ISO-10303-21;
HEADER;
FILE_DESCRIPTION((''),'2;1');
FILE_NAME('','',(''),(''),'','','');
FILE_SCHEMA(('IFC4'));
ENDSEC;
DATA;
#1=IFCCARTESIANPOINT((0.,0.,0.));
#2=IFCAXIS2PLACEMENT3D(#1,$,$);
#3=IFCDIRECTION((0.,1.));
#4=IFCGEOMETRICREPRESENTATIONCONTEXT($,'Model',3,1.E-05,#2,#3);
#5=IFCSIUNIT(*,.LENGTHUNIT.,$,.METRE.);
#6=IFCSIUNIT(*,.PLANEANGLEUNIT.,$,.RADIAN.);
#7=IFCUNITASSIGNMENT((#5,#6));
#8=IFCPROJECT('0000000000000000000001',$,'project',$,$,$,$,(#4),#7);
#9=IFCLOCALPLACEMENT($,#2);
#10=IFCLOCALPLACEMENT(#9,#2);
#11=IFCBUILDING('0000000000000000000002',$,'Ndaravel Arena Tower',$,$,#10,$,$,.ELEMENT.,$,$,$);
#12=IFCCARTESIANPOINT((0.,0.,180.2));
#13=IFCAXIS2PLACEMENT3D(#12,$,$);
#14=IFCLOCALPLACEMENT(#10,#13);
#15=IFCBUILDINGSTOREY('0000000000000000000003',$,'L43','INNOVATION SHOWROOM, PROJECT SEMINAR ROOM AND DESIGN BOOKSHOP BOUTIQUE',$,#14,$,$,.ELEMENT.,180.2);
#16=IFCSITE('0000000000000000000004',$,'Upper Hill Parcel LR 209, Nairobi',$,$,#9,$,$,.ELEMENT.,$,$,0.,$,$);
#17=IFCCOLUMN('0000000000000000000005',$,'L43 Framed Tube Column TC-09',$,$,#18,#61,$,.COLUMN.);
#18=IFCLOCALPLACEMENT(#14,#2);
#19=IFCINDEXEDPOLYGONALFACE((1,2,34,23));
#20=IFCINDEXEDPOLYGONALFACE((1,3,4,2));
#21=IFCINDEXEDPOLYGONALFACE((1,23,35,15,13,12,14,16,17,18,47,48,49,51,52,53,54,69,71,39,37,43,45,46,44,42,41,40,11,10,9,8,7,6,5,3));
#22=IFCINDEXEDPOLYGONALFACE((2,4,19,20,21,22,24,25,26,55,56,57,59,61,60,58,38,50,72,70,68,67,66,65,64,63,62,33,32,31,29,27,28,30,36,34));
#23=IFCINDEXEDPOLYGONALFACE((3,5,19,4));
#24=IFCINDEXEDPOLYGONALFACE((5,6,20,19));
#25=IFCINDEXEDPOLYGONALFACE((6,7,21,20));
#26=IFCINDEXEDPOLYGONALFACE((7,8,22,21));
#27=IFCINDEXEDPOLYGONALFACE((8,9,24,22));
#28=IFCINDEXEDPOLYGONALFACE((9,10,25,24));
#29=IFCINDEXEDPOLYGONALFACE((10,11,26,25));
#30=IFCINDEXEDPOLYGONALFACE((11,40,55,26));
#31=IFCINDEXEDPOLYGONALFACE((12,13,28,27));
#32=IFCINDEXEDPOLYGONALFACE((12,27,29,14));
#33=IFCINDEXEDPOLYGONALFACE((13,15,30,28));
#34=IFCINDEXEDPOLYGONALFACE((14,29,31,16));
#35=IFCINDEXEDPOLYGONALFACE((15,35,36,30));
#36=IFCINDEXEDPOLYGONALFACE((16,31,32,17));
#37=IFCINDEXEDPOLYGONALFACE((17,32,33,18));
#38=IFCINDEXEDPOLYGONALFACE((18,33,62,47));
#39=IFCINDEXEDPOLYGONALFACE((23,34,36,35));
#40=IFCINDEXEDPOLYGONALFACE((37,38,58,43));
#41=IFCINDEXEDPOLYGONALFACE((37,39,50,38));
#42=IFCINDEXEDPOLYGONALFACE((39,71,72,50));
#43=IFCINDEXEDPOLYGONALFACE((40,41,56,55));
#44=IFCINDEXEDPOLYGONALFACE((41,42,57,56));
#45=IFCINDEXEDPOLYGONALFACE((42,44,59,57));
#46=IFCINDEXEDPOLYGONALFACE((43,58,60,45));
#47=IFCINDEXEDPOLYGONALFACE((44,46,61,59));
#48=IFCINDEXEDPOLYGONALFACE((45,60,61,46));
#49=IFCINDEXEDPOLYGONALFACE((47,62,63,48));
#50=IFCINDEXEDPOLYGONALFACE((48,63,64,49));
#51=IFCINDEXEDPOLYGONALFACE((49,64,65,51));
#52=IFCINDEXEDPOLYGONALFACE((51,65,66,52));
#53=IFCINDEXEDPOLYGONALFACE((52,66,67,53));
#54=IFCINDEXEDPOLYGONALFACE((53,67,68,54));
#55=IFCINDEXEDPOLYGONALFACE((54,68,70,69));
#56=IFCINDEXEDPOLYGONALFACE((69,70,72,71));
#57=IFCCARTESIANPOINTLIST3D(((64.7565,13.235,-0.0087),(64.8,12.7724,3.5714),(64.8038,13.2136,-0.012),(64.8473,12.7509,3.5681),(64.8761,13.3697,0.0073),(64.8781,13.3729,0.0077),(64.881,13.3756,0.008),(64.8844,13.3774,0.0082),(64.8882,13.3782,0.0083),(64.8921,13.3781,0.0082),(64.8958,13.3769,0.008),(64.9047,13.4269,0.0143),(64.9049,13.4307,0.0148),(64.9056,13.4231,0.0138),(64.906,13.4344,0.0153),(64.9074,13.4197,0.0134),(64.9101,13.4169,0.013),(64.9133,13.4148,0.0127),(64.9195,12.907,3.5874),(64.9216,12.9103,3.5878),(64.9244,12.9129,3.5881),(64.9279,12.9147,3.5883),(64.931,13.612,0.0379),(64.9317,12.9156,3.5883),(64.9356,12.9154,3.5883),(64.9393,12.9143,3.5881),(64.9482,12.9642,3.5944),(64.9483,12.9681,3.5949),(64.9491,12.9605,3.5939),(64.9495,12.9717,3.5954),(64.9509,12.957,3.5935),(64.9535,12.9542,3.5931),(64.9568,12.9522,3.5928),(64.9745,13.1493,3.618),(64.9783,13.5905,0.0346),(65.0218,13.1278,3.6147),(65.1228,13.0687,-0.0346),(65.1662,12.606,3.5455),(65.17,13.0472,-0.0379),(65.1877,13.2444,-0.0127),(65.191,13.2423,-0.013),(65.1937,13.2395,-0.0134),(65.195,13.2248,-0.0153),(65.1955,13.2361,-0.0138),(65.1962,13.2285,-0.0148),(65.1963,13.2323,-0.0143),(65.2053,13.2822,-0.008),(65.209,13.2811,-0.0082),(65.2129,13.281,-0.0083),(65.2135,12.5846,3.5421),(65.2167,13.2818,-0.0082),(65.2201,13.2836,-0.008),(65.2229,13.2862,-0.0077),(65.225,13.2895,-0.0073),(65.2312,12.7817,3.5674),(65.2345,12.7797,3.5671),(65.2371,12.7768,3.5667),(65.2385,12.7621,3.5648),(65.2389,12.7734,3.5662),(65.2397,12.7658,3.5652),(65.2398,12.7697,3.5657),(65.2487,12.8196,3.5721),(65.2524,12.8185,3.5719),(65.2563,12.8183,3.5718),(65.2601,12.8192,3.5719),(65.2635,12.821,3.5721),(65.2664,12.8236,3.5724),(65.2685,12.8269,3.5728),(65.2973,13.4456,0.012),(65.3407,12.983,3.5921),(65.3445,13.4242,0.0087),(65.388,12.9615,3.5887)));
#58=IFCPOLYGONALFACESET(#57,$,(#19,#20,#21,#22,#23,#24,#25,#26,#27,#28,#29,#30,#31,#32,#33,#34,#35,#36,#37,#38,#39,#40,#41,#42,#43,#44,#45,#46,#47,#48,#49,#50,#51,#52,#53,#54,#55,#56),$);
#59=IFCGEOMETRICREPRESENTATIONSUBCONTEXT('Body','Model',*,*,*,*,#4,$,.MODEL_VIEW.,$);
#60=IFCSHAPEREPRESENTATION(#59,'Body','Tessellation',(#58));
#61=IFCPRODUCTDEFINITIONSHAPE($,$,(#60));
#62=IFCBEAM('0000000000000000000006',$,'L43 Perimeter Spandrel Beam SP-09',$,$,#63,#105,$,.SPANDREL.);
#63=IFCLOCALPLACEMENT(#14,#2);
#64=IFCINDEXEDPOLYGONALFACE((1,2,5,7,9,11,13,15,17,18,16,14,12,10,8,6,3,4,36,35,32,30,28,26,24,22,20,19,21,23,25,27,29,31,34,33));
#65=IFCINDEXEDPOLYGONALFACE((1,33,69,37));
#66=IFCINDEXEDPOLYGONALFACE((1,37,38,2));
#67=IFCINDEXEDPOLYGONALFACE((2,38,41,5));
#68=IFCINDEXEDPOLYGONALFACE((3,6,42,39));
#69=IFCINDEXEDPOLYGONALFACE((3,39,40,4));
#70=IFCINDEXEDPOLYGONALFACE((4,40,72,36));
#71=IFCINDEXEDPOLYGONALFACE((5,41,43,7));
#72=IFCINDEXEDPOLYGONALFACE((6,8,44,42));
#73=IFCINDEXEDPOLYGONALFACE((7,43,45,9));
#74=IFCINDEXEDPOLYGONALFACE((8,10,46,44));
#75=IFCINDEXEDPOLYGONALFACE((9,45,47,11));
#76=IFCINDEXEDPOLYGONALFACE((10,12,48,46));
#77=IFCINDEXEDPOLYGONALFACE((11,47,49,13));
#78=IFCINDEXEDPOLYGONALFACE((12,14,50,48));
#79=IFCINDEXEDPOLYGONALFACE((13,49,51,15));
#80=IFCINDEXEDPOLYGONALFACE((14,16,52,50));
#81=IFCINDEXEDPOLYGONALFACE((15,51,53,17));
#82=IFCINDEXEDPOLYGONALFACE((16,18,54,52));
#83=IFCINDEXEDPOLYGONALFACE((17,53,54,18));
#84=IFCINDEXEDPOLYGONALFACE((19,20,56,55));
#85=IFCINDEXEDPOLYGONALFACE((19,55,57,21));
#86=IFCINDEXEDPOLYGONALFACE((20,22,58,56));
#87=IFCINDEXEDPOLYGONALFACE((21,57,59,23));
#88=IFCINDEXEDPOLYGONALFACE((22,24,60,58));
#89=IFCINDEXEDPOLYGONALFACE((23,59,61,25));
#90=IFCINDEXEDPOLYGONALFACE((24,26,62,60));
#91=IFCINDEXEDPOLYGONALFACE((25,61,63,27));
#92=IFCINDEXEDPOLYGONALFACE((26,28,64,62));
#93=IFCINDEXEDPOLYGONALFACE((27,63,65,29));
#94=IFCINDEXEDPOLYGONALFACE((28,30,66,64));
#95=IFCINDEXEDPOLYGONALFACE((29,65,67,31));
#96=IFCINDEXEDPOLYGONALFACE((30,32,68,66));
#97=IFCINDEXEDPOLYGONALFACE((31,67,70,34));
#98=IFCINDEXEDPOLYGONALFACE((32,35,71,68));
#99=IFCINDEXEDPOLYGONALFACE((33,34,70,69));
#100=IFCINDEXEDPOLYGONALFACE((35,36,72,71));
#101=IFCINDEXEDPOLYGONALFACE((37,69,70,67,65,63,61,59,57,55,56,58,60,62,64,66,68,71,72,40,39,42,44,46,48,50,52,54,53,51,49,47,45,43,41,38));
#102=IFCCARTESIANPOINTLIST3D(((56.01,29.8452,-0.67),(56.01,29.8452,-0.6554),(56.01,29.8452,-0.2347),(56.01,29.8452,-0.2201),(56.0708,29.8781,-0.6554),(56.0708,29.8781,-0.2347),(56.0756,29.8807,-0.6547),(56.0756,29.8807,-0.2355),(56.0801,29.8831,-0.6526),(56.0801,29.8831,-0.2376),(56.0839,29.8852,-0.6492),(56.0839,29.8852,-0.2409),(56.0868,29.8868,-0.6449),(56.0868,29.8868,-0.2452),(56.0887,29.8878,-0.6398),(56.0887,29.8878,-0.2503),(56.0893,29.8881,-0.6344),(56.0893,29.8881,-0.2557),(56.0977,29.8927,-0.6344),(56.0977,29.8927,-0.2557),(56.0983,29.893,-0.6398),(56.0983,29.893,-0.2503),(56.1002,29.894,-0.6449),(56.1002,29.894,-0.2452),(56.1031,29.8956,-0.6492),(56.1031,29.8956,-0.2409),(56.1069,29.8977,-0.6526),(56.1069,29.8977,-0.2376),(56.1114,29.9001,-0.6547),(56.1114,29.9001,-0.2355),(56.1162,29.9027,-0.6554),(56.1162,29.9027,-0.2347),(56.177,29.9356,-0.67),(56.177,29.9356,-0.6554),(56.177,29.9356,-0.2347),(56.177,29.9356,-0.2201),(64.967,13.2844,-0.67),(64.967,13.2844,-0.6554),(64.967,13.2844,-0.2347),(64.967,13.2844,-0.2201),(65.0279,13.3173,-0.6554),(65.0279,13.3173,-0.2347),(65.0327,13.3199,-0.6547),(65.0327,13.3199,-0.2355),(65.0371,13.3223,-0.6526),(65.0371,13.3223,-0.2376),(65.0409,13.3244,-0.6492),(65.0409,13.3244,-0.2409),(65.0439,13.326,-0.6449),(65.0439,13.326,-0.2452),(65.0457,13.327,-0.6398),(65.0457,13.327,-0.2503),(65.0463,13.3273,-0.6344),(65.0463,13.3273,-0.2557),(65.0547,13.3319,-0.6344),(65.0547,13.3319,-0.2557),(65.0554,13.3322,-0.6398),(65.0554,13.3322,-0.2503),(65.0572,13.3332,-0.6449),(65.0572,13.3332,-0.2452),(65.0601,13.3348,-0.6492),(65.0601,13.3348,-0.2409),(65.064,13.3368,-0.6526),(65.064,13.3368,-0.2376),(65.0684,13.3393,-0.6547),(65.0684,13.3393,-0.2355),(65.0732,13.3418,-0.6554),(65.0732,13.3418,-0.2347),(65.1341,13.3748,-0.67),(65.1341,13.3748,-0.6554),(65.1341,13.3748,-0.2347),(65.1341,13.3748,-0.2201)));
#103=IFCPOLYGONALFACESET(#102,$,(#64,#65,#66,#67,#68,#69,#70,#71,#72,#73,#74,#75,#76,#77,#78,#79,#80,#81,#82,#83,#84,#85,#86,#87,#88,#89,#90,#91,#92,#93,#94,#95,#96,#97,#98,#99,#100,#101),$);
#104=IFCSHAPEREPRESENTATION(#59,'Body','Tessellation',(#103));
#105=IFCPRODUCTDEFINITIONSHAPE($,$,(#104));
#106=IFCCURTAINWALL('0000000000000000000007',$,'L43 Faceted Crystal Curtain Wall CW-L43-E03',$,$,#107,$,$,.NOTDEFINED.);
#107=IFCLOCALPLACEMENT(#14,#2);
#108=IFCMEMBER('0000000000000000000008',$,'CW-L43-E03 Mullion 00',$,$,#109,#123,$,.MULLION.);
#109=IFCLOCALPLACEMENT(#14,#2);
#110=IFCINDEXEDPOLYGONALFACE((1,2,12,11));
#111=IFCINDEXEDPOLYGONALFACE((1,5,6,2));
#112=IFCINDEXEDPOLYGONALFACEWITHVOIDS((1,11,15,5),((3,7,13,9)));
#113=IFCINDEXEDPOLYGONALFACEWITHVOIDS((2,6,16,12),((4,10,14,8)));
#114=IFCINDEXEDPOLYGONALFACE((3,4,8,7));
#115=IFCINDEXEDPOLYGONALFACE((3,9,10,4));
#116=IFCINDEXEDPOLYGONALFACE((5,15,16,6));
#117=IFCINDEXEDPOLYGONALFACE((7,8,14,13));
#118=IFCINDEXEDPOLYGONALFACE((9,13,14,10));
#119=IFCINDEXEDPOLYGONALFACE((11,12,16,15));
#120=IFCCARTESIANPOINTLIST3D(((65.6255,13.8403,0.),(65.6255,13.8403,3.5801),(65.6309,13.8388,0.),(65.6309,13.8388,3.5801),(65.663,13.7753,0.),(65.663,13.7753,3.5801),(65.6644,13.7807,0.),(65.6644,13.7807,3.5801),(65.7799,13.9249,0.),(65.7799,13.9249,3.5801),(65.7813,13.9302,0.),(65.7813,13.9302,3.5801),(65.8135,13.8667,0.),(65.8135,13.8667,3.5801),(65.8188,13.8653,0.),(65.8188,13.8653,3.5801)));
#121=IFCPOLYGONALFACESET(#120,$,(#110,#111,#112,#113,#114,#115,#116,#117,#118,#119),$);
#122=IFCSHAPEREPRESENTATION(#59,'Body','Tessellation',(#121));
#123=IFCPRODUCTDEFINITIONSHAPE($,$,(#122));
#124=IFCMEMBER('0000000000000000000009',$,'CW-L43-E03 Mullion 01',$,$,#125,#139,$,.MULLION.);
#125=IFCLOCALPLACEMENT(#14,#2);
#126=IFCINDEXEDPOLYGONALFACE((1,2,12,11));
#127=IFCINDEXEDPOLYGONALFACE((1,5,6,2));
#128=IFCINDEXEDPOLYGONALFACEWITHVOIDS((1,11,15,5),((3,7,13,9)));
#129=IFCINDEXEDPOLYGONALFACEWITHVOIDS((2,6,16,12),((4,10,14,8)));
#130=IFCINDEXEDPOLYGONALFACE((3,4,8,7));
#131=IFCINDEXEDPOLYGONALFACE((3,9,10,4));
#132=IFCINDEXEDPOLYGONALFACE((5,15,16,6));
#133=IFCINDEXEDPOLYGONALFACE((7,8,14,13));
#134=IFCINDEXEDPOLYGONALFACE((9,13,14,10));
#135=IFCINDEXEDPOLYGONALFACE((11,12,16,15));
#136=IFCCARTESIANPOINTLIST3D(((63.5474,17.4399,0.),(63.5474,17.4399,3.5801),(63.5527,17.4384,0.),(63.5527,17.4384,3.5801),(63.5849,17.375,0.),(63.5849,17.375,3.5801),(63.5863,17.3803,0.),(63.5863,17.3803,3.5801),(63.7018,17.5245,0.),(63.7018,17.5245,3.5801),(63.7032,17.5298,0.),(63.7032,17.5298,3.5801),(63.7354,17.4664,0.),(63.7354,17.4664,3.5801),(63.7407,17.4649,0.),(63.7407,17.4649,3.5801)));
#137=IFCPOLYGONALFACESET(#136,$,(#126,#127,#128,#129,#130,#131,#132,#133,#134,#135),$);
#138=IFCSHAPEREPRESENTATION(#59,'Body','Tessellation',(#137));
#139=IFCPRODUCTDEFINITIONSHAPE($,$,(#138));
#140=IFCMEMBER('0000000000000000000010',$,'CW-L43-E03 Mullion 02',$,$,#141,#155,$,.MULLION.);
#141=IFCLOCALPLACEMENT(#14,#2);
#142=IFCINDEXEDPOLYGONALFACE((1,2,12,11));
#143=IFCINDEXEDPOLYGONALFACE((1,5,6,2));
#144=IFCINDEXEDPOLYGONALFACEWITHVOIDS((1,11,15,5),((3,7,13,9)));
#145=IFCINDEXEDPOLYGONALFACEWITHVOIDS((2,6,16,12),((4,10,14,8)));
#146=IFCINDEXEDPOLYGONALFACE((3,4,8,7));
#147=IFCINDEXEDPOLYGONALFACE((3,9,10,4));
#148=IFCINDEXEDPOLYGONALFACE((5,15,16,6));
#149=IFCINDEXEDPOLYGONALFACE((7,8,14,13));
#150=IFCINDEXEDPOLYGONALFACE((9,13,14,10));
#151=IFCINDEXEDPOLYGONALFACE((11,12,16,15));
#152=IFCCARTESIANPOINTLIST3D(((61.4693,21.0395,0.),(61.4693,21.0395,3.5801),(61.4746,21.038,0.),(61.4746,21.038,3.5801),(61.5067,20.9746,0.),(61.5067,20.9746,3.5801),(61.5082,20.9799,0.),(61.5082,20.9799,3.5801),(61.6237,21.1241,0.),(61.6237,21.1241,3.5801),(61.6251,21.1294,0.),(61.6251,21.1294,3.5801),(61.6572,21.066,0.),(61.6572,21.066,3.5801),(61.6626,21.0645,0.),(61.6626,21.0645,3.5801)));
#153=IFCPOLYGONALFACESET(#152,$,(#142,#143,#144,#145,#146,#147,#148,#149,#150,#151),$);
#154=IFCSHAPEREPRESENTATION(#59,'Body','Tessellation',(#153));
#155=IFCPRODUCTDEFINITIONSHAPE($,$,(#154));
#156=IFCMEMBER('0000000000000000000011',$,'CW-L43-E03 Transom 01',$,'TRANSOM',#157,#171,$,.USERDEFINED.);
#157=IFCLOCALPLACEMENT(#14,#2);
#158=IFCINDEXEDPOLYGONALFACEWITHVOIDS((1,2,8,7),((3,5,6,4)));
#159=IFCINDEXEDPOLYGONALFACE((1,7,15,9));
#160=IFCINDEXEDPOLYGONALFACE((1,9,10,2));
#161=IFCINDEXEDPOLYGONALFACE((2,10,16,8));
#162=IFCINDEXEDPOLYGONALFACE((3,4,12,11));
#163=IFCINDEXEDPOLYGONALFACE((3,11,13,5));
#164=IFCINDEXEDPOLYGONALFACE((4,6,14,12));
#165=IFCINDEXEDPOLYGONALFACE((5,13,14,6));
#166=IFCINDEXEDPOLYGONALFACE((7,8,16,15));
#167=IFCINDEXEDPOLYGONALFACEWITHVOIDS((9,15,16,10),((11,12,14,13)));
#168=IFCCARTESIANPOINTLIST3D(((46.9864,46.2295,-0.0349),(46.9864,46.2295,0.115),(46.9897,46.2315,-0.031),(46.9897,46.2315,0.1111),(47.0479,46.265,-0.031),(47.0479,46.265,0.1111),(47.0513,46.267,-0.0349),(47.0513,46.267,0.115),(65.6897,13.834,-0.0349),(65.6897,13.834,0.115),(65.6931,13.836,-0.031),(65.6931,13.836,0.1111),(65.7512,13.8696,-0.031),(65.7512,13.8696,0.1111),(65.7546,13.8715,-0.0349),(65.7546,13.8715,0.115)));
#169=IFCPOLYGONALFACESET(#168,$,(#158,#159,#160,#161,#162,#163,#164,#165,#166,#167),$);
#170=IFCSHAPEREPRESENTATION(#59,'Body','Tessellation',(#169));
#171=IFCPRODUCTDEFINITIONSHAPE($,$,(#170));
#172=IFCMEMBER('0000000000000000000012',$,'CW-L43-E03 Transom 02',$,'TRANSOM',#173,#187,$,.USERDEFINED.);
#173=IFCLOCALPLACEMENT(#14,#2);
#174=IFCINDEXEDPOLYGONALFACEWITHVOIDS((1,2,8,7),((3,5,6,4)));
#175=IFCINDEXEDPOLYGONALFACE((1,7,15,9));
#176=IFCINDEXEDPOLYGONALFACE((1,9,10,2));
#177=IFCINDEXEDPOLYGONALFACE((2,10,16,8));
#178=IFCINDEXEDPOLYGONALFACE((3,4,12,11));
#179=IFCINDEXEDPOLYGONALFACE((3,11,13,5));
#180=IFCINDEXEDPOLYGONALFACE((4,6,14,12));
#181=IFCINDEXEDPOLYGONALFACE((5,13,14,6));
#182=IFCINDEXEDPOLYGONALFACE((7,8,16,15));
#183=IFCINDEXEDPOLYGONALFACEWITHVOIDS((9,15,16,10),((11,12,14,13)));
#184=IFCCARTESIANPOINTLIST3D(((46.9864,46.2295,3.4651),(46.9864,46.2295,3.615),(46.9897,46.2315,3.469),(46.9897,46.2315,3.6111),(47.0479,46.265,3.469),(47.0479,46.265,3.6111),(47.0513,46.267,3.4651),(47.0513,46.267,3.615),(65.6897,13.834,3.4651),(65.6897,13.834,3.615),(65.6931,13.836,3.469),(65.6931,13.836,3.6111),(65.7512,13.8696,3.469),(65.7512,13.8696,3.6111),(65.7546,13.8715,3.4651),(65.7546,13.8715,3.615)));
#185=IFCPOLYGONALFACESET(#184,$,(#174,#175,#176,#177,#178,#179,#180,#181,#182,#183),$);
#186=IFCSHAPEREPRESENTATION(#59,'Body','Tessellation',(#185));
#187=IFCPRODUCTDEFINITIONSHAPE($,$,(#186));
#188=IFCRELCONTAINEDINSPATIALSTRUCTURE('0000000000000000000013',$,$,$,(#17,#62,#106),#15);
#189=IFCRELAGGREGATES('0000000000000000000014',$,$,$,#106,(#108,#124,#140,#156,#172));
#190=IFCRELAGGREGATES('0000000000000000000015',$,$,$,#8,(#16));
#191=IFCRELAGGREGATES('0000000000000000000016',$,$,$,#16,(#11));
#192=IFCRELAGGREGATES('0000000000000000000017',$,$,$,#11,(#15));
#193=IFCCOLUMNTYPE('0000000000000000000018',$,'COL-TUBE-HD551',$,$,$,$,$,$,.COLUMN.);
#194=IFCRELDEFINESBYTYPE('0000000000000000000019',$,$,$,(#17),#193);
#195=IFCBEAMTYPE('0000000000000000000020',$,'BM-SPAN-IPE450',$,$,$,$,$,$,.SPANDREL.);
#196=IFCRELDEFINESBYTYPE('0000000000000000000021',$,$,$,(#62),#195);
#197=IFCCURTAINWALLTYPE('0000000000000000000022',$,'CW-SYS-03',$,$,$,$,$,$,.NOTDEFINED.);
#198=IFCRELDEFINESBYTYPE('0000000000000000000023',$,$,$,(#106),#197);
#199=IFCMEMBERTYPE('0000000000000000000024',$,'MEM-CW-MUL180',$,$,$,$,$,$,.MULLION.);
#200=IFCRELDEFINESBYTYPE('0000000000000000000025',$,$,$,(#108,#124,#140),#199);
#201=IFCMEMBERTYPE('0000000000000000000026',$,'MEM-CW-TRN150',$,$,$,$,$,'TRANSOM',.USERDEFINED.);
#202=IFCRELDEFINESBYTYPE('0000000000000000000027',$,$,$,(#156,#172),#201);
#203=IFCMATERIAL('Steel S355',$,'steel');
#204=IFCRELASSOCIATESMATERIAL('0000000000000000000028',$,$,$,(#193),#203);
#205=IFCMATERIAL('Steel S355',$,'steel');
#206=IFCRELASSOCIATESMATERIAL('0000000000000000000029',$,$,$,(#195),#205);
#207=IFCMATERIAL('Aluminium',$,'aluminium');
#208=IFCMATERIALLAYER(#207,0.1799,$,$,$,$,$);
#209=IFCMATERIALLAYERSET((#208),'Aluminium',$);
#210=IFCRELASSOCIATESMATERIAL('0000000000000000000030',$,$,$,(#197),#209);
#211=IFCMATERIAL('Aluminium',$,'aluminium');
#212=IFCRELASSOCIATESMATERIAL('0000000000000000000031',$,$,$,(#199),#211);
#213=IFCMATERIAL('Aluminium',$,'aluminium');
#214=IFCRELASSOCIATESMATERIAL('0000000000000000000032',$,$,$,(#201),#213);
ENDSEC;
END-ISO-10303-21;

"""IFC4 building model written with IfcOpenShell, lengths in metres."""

from ifc_helpers import new_model, si_unit, direction, frame, origin, origin_2d, place, context, subcontext, project, spatial, hollow_rectangle, i_section, extrude, material, layer, layer_set, material_profile, profile_set, type_object, element, aggregate, save


model = new_model("IFC4")

# Units and contexts
model_context = context("Model", 3, precision=1e-05, world=origin(), true_north=direction((0.0, 1.0)))
body_context = subcontext(model_context, "Body", "Model", "MODEL_VIEW")
ifc_project = project(units=[si_unit("LENGTHUNIT", "METRE"), si_unit("PLANEANGLEUNIT", "RADIAN")], contexts=[model_context])

# Site, building, storey
site_placement = place(None, origin())
site = spatial("IfcSite", under=ifc_project, at=site_placement, Name="Upper Hill Parcel LR 209, Nairobi", CompositionType="ELEMENT", RefElevation=0.0)
building_placement = place(site_placement, origin())
building = spatial("IfcBuilding", under=site, at=building_placement, Name="Ndaravel Arena Tower", CompositionType="ELEMENT")
storey_placement = place(building_placement, frame((0.0, 0.0, 180.2)))
storey = spatial("IfcBuildingStorey", under=building, at=storey_placement, Name="L43", Description="INNOVATION SHOWROOM, PROJECT SEMINAR ROOM AND DESIGN BOOKSHOP BOUTIQUE", CompositionType="ELEMENT", Elevation=180.2)

# Column
ifc_material_1 = material(Name="Steel S355", Category="steel")
ifc_material_profile_1 = material_profile(ifc_material_1, i_section(OverallWidth=0.418, OverallDepth=0.4551, WebThickness=0.042, FlangeThickness=0.052, FilletRadius=0.0149, at=origin_2d()), Name="HD 400x551")
ifc_profile_set_1 = profile_set([ifc_material_profile_1], Name="Steel S355")
column_type = type_object("IfcColumnType", Name="COL-TUBE-HD551", PredefinedType="COLUMN", material=ifc_profile_set_1)
column_placement = place(storey_placement, frame((65.0505, 13.3296, 0.0), z_axis=(0.012038, -0.128153, 0.991681), x_axis=(0.417492, 0.901817, 0.111472)))
element("IfcColumn", 1, at=column_placement, inside=storey, type_object=column_type, Name="L43 Framed Tube Column TC-09", PredefinedType="COLUMN", context=body_context, shape_type="SweptSolid", body=[
    extrude(i_section(OverallWidth=0.418, OverallDepth=0.4551, WebThickness=0.042, FlangeThickness=0.052, FilletRadius=0.0149, at=origin_2d()), origin(), (0.0, 0.0, 1.0), 3.6101),
])

# Beam
ifc_material_2 = material(Name="Steel S355", Category="steel")
ifc_material_profile_2 = material_profile(ifc_material_2, i_section(OverallWidth=0.1899, OverallDepth=0.45, WebThickness=0.0095, FlangeThickness=0.0146, FilletRadius=0.021, at=origin_2d()), Name="IPE 450")
ifc_profile_set_2 = profile_set([ifc_material_profile_2], Name="Steel S355")
beam_type = type_object("IfcBeamType", Name="BM-SPAN-IPE450", PredefinedType="SPANDREL", material=ifc_profile_set_2)
beam_placement = place(storey_placement, frame((65.0505, 13.3296, -0.4451), z_axis=(-0.475733, 0.87959, 0.0), x_axis=(-0.87959, -0.475733, 0.0)))
element("IfcBeam", 2, at=beam_placement, inside=storey, type_object=beam_type, Name="L43 Perimeter Spandrel Beam SP-09", PredefinedType="SPANDREL", context=body_context, shape_type="SweptSolid", body=[
    extrude(i_section(OverallWidth=0.1899, OverallDepth=0.45, WebThickness=0.0095, FlangeThickness=0.0146, FilletRadius=0.021, at=origin_2d()), origin(), (0.0, 0.0, 1.0), 18.8279),
])

# Curtain wall, members
ifc_material_3 = material(Name="Aluminium", Category="aluminium")
ifc_layer_1 = layer(ifc_material_3, 0.1799)
ifc_layer_set_1 = layer_set([ifc_layer_1], Name="Aluminium")
curtain_wall_type = type_object("IfcCurtainWallType", Name="CW-SYS-03", PredefinedType="NOTDEFINED", material=ifc_layer_set_1)
curtain_wall_placement = place(storey_placement, origin())
curtain_wall = element("IfcCurtainWall", 3, at=curtain_wall_placement, inside=storey, type_object=curtain_wall_type, Name="L43 Faceted Crystal Curtain Wall CW-L43-E03", PredefinedType="NOTDEFINED")
ifc_material_4 = material(Name="Aluminium", Category="aluminium")
ifc_material_profile_3 = material_profile(ifc_material_4, hollow_rectangle(XDim=0.075, YDim=0.1799, WallThickness=0.0039, at=origin_2d()), Name="CW MULLION 75x180x4")
ifc_profile_set_3 = profile_set([ifc_material_profile_3], Name="Aluminium")
member_type_1 = type_object("IfcMemberType", Name="MEM-CW-MUL180", PredefinedType="MULLION", material=ifc_profile_set_3)
member_1_placement = place(storey_placement, frame((65.7222, 13.8528, 0.0), z_axis=(0.0, 0.0, 1.0), x_axis=(-0.5, 0.866025, 0.0)))
member_1 = element("IfcMember", 4, at=member_1_placement, type_object=member_type_1, Name="CW-L43-E03 Mullion 00", PredefinedType="MULLION", context=body_context, shape_type="SweptSolid", body=[
    extrude(hollow_rectangle(XDim=0.075, YDim=0.1799, WallThickness=0.0039, at=origin_2d()), origin(), (0.0, 0.0, 1.0), 3.5801),
])
member_2_placement = place(storey_placement, frame((63.644, 17.4524, 0.0), z_axis=(0.0, 0.0, 1.0), x_axis=(-0.5, 0.866025, 0.0)))
member_2 = element("IfcMember", 5, at=member_2_placement, type_object=member_type_1, Name="CW-L43-E03 Mullion 01", PredefinedType="MULLION", context=body_context, shape_type="SweptSolid", body=[
    extrude(hollow_rectangle(XDim=0.075, YDim=0.1799, WallThickness=0.0039, at=origin_2d()), origin(), (0.0, 0.0, 1.0), 3.5801),
])
member_3_placement = place(storey_placement, frame((61.5659, 21.052, 0.0), z_axis=(0.0, 0.0, 1.0), x_axis=(-0.5, 0.866025, 0.0)))
member_3 = element("IfcMember", 6, at=member_3_placement, type_object=member_type_1, Name="CW-L43-E03 Mullion 02", PredefinedType="MULLION", context=body_context, shape_type="SweptSolid", body=[
    extrude(hollow_rectangle(XDim=0.075, YDim=0.1799, WallThickness=0.0039, at=origin_2d()), origin(), (0.0, 0.0, 1.0), 3.5801),
])
ifc_material_5 = material(Name="Aluminium", Category="aluminium")
ifc_material_profile_4 = material_profile(ifc_material_5, hollow_rectangle(XDim=0.075, YDim=0.1499, WallThickness=0.0039, at=origin_2d()), Name="CW TRANSOM 75x150x4")
ifc_profile_set_4 = profile_set([ifc_material_profile_4], Name="Aluminium")
member_type_2 = type_object("IfcMemberType", Name="MEM-CW-TRN150", ElementType="TRANSOM", PredefinedType="USERDEFINED", material=ifc_profile_set_4)
member_4_placement = place(storey_placement, frame((65.7222, 13.8528, 0.04), z_axis=(-0.499996, 0.866028, 0.0), x_axis=(-0.866028, -0.499996, 0.0)))
member_4 = element("IfcMember", 7, at=member_4_placement, type_object=member_type_2, Name="CW-L43-E03 Transom 01", ObjectType="TRANSOM", PredefinedType="USERDEFINED", context=body_context, shape_type="SweptSolid", body=[
    extrude(hollow_rectangle(XDim=0.075, YDim=0.1499, WallThickness=0.0039, at=origin_2d()), origin(), (0.0, 0.0, 1.0), 37.407),
])
member_5_placement = place(storey_placement, frame((65.7222, 13.8528, 3.54), z_axis=(-0.499996, 0.866028, 0.0), x_axis=(-0.866028, -0.499996, 0.0)))
member_5 = element("IfcMember", 8, at=member_5_placement, type_object=member_type_2, Name="CW-L43-E03 Transom 02", ObjectType="TRANSOM", PredefinedType="USERDEFINED", context=body_context, shape_type="SweptSolid", body=[
    extrude(hollow_rectangle(XDim=0.075, YDim=0.1499, WallThickness=0.0039, at=origin_2d()), origin(), (0.0, 0.0, 1.0), 37.407),
])
aggregate(curtain_wall, [member_1, member_2, member_3, member_4, member_5])

save(model, "model.ifc")
